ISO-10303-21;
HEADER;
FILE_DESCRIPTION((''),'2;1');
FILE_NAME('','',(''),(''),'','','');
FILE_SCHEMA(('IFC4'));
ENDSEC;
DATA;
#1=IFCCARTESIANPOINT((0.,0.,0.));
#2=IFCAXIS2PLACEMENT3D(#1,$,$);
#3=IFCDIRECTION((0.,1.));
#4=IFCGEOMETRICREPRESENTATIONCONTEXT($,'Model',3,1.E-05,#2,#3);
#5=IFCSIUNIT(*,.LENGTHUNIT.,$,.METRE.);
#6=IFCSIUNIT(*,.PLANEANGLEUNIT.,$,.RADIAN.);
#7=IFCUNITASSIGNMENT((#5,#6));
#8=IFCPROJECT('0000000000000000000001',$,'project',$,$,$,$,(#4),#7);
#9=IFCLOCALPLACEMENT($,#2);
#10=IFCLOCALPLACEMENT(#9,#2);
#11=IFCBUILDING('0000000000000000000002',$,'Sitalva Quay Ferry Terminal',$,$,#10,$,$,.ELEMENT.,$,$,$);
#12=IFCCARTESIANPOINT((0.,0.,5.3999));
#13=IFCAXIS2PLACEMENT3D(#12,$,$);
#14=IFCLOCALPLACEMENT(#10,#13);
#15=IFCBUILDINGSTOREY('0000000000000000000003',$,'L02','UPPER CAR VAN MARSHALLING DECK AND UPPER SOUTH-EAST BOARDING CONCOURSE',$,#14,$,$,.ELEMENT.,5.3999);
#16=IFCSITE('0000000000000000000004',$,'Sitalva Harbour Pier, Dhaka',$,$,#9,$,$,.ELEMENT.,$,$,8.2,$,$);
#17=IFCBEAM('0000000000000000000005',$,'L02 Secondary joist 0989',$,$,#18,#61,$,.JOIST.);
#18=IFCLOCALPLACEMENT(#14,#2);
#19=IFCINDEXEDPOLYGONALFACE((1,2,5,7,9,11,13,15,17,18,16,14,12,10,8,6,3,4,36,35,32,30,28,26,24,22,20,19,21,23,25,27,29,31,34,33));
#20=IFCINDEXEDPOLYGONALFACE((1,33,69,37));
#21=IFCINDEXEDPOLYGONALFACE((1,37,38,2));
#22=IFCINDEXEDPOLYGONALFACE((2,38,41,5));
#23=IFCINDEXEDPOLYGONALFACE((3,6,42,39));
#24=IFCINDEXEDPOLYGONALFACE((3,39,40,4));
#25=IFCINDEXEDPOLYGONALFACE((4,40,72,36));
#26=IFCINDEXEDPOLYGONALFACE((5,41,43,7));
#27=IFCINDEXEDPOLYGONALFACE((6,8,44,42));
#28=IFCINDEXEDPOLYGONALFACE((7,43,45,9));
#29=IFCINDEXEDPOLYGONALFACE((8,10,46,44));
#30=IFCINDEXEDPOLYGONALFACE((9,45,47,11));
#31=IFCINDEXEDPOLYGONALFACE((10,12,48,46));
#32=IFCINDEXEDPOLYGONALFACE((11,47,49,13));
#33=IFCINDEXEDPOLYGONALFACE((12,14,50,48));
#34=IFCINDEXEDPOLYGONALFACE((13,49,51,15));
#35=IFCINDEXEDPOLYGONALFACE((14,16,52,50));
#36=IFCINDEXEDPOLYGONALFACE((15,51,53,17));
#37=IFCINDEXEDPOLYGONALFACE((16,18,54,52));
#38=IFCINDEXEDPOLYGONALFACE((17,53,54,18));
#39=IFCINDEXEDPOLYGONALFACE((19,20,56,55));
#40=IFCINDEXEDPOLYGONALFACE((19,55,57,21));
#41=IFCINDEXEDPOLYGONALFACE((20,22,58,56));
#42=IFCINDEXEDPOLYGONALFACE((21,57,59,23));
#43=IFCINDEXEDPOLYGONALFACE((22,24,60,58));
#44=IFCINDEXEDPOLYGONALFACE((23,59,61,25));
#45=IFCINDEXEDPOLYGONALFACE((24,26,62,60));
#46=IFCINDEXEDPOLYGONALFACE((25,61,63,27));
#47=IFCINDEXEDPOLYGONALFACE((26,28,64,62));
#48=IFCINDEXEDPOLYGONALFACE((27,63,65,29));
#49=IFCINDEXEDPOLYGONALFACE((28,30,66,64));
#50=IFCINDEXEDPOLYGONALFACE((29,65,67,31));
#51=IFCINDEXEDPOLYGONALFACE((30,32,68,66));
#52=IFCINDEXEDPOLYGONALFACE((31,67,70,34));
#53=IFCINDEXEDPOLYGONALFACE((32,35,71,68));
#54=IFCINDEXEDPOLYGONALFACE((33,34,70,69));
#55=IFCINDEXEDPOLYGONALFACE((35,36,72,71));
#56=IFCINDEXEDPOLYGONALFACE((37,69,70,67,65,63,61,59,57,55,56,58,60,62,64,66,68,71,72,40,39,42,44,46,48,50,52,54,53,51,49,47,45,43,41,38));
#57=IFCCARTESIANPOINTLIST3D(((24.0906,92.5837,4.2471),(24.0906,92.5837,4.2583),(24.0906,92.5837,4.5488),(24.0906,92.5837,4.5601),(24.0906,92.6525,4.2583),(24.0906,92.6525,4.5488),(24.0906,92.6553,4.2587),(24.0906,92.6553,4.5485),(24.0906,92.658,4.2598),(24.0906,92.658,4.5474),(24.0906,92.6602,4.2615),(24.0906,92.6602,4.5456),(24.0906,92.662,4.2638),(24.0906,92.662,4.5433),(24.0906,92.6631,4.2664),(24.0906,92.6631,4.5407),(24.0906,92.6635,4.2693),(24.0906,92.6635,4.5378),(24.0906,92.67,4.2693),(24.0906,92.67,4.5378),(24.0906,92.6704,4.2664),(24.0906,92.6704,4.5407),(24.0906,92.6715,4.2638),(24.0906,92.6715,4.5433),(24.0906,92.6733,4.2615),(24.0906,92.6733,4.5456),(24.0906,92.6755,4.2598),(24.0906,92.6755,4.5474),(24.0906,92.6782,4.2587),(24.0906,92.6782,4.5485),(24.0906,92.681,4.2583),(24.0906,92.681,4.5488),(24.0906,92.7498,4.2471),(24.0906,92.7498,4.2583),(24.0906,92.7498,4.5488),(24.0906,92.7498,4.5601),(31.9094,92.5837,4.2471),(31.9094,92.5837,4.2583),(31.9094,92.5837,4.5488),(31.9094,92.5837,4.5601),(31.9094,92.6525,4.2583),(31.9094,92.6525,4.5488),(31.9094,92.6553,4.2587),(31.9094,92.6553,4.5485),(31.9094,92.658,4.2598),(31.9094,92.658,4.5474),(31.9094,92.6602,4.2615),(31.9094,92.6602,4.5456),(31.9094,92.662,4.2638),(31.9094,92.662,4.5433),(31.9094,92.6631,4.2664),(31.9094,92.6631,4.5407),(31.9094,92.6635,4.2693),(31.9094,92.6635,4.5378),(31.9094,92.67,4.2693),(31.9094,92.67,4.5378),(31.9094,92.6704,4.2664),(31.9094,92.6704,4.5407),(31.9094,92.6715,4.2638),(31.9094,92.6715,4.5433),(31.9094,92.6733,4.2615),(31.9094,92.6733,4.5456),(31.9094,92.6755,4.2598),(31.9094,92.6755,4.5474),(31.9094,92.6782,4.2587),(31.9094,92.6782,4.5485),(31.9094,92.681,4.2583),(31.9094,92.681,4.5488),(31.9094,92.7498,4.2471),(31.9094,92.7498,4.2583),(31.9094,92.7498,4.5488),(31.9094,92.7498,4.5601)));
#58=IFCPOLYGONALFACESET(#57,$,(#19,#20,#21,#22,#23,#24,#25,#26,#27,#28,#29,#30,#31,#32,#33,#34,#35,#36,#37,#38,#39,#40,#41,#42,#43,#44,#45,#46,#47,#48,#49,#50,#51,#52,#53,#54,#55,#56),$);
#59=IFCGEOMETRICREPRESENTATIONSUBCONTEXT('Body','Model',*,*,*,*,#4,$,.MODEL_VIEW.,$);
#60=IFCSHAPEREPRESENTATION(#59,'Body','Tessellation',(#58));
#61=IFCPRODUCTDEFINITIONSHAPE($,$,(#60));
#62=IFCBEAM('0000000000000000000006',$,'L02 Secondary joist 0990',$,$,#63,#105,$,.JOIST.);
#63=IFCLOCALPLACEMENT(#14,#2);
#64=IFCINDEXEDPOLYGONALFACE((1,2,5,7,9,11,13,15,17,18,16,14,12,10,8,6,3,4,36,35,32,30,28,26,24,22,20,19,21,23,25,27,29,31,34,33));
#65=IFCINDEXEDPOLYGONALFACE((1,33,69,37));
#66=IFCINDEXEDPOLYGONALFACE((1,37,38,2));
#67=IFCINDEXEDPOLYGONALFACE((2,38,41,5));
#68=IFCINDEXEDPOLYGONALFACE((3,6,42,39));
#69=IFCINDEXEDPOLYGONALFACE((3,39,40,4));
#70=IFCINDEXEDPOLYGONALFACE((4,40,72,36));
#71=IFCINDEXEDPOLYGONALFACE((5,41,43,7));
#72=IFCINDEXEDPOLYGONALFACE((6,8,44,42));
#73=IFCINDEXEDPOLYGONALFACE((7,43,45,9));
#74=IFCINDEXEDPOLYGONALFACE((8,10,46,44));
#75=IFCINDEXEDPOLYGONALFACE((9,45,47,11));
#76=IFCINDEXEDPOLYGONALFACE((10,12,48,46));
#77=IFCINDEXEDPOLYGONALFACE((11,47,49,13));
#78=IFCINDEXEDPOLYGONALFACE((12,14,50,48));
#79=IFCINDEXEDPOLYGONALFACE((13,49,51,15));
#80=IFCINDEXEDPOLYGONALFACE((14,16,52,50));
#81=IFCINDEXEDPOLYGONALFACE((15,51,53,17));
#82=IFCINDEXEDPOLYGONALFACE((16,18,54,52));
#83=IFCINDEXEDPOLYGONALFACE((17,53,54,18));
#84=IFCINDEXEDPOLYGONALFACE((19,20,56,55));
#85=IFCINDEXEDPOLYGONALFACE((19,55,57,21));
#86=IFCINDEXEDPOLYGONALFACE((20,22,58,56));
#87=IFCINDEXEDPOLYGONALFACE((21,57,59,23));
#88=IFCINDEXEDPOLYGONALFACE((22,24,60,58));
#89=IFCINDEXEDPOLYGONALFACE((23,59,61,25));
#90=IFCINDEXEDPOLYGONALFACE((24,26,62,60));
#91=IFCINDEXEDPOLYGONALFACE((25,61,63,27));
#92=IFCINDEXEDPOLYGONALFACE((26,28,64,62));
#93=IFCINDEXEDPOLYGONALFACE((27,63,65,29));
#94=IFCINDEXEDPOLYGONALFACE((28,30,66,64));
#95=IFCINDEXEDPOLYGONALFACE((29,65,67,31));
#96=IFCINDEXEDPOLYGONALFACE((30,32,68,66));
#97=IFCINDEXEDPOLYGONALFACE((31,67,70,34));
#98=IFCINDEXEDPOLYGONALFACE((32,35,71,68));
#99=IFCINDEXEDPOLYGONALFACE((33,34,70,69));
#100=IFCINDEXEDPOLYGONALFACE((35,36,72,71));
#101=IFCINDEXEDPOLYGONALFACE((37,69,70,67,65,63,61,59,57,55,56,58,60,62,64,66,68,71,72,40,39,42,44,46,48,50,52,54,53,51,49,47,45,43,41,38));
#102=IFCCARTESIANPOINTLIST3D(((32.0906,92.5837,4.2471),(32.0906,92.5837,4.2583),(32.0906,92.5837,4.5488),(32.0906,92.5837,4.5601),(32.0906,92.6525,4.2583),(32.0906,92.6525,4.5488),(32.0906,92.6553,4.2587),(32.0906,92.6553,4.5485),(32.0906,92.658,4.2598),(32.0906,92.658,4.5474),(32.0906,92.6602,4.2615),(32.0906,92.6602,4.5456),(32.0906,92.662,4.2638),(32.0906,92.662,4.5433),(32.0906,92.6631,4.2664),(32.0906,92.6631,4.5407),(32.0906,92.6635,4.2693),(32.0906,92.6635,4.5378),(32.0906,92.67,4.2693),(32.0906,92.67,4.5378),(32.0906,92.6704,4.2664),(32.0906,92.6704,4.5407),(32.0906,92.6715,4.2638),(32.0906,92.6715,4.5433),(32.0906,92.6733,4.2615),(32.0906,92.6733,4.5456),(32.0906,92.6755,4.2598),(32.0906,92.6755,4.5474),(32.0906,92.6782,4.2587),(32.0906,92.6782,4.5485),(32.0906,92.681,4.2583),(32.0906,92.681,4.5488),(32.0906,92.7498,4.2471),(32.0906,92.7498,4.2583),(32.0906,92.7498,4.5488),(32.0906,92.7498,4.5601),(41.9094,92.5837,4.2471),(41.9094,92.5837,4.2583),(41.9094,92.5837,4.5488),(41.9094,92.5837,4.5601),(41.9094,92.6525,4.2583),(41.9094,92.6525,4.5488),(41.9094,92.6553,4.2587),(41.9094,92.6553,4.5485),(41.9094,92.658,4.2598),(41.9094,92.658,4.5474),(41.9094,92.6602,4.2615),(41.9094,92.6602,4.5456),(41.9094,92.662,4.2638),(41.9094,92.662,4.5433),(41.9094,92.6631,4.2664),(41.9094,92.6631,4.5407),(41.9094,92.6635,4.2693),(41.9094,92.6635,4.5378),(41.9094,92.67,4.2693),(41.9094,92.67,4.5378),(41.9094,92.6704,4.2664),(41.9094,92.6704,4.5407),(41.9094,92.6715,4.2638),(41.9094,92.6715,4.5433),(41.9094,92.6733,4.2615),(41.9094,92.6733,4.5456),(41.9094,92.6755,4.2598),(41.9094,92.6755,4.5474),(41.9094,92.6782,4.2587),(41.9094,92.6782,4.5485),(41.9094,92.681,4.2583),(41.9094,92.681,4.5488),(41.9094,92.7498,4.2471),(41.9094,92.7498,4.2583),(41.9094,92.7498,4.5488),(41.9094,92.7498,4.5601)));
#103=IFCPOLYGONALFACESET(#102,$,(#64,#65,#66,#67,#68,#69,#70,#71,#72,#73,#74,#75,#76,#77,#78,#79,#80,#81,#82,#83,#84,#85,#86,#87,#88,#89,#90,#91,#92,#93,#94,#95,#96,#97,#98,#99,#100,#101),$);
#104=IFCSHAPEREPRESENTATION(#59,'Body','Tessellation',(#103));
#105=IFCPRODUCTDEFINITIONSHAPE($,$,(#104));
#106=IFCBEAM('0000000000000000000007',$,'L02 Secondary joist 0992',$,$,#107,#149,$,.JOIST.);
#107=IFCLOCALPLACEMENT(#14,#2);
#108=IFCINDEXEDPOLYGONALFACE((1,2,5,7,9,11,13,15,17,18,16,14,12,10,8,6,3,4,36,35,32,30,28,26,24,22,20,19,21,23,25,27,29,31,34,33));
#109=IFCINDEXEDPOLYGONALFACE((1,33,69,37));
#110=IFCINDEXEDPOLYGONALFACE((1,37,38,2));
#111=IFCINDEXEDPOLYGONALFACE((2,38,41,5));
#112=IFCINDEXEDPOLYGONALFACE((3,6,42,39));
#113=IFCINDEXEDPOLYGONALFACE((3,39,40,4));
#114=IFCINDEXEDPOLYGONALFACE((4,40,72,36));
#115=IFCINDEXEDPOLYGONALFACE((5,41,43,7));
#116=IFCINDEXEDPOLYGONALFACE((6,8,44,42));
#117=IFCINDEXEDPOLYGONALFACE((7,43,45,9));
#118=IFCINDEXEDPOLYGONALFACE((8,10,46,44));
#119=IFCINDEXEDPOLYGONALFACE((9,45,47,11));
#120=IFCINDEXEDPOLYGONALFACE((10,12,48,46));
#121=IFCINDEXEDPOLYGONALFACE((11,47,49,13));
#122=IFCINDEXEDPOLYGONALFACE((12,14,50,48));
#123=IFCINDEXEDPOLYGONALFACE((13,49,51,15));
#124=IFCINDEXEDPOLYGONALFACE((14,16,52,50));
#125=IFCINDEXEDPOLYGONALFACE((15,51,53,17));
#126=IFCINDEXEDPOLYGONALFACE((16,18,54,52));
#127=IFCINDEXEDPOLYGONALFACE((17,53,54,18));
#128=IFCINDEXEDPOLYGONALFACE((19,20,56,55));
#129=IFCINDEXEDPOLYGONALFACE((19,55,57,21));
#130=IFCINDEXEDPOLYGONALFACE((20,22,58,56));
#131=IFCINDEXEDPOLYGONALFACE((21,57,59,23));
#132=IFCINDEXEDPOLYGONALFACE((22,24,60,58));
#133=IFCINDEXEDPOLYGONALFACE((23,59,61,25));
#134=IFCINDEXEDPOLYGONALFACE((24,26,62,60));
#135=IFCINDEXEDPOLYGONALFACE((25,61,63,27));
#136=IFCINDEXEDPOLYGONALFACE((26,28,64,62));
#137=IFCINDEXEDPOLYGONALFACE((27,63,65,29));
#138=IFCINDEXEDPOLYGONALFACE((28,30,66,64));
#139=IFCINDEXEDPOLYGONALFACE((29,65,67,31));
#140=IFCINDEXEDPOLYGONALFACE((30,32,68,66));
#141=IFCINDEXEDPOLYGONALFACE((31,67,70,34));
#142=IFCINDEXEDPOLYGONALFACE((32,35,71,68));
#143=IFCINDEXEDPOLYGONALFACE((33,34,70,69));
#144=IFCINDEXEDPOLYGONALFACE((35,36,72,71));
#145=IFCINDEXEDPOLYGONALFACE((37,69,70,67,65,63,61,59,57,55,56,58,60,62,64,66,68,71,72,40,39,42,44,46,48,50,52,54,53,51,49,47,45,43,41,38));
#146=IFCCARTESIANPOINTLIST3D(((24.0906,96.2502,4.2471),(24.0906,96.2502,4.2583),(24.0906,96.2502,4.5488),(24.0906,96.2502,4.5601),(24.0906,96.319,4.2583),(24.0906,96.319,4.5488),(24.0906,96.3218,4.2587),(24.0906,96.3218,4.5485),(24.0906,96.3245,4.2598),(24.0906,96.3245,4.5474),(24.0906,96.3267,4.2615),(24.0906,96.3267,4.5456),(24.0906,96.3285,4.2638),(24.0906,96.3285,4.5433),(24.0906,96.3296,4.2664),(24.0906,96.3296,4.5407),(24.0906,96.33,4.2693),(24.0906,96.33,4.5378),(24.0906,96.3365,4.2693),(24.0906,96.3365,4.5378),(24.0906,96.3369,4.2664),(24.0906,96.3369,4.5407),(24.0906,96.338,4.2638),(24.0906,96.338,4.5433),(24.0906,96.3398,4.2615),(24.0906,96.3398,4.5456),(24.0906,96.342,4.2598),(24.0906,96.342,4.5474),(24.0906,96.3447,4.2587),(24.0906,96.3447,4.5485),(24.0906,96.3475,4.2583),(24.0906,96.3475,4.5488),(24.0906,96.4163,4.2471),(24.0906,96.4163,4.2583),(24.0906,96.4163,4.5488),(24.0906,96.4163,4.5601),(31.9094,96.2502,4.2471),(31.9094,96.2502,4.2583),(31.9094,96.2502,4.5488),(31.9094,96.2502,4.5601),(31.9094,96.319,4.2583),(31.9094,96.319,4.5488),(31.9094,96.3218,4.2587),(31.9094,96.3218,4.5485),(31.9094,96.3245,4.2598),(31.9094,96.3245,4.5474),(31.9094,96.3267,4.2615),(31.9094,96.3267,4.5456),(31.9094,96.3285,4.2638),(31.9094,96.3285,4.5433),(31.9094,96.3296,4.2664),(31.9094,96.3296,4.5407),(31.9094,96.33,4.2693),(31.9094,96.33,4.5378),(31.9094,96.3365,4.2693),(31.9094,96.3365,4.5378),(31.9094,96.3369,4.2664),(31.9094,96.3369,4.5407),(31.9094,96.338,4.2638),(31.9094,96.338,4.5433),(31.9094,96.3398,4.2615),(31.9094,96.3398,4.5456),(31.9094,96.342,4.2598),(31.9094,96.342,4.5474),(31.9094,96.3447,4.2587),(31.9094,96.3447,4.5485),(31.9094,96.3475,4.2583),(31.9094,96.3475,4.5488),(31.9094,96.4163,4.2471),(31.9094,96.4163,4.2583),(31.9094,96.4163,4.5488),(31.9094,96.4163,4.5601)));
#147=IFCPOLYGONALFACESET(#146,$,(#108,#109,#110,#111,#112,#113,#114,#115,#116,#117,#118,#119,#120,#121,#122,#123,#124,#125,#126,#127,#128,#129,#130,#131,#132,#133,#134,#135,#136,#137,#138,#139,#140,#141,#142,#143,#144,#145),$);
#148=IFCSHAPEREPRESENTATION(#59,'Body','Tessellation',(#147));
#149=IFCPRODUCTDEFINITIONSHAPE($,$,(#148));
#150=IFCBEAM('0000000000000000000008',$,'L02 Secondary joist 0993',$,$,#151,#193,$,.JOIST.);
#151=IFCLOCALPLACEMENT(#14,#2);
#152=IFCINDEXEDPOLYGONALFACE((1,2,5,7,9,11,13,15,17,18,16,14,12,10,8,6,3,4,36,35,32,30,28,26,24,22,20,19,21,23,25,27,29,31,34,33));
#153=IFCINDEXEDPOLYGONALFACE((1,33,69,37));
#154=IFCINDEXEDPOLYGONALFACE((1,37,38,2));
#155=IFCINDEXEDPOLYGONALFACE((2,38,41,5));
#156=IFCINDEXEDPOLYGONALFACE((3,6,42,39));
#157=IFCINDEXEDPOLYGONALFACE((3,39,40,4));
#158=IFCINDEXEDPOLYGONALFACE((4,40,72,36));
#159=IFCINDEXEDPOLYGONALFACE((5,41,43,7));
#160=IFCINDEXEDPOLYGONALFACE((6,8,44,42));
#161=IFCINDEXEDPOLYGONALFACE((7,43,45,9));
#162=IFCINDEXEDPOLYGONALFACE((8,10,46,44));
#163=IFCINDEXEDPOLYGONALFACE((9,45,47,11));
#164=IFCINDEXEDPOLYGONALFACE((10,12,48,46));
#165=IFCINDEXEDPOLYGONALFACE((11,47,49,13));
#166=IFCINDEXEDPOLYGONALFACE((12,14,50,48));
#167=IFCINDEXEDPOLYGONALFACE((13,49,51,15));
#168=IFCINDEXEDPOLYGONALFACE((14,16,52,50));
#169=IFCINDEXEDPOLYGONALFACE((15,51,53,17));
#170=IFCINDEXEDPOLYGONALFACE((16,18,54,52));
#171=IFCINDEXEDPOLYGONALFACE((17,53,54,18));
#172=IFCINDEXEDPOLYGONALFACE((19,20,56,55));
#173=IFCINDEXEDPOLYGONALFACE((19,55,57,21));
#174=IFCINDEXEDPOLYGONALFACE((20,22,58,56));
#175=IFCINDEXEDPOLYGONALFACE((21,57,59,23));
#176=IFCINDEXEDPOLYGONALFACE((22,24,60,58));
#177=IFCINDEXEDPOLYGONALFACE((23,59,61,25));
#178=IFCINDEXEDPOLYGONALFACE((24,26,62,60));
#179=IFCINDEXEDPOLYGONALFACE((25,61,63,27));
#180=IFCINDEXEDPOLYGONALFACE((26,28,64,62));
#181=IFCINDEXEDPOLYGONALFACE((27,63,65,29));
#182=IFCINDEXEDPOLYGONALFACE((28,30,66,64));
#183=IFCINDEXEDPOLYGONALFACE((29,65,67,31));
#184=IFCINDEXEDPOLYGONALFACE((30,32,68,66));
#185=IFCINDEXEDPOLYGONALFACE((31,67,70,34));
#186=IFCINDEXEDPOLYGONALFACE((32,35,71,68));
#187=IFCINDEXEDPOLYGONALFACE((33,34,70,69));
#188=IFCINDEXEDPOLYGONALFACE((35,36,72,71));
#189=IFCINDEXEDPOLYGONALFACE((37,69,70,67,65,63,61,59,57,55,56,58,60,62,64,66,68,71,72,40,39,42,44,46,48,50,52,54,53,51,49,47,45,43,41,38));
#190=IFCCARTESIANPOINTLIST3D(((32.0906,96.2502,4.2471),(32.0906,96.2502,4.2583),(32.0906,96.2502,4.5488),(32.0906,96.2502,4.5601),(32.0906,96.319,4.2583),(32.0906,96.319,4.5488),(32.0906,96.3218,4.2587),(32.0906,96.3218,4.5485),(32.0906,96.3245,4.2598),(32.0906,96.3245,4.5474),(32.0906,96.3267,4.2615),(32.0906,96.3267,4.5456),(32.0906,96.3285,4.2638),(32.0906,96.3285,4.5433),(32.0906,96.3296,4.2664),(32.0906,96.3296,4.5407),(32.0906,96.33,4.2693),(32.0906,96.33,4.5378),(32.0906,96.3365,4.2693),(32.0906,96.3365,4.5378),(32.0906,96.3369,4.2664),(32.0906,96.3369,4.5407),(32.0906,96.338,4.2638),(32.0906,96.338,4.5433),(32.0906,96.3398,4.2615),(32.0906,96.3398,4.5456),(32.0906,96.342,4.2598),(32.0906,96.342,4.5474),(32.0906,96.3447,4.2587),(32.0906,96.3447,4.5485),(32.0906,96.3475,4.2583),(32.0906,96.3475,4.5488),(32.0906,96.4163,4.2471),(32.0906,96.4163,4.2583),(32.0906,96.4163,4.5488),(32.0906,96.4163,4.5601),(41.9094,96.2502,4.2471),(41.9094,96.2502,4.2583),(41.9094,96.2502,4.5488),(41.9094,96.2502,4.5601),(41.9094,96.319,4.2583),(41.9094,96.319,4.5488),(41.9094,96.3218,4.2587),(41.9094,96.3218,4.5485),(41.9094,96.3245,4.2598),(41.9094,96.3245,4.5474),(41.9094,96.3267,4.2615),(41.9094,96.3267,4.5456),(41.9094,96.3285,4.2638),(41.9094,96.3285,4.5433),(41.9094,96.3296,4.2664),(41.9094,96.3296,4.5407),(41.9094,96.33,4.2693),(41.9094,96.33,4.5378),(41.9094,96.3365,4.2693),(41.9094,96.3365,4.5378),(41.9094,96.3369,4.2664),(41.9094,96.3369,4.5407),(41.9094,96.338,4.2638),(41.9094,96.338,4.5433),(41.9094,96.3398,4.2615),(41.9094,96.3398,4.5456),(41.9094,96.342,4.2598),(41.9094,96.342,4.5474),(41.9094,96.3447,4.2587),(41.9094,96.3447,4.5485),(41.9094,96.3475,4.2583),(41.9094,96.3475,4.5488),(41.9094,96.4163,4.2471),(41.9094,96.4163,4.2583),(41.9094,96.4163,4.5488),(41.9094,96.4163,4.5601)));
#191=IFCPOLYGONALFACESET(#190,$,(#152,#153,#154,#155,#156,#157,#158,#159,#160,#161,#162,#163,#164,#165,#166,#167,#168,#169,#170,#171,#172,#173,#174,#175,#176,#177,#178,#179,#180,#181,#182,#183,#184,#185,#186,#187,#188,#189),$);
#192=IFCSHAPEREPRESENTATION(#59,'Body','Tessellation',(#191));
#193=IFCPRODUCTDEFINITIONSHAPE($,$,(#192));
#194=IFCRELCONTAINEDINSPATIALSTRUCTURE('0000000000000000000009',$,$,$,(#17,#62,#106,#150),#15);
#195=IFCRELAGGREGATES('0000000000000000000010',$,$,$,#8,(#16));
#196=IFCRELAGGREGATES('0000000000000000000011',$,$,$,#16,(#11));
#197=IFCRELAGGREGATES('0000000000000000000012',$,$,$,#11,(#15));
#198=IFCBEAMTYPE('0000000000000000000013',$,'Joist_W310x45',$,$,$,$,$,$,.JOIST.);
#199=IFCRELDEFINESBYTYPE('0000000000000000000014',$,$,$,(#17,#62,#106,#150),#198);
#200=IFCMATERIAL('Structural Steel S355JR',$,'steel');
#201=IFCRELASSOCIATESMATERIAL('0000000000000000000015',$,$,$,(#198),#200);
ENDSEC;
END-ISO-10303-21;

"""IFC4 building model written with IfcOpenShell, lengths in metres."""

from ifc_helpers import new_model, si_unit, direction, frame, origin, origin_2d, place, context, subcontext, project, spatial, i_section, extrude, material, material_profile, profile_set, type_object, element, save


model = new_model("IFC4")

# Units and contexts
model_context = context("Model", 3, precision=1e-05, world=origin(), true_north=direction((0.0, 1.0)))
body_context = subcontext(model_context, "Body", "Model", "MODEL_VIEW")
ifc_project = project(units=[si_unit("LENGTHUNIT", "METRE"), si_unit("PLANEANGLEUNIT", "RADIAN")], contexts=[model_context])

# Site, building, storey
site_placement = place(None, origin())
site = spatial("IfcSite", under=ifc_project, at=site_placement, Name="Sitalva Harbour Pier, Dhaka", CompositionType="ELEMENT", RefElevation=8.2)
building_placement = place(site_placement, origin())
building = spatial("IfcBuilding", under=site, at=building_placement, Name="Sitalva Quay Ferry Terminal", CompositionType="ELEMENT")
storey_placement = place(building_placement, frame((0.0, 0.0, 5.3999)))
storey = spatial("IfcBuildingStorey", under=building, at=storey_placement, Name="L02", Description="UPPER CAR VAN MARSHALLING DECK AND UPPER SOUTH-EAST BOARDING CONCOURSE", CompositionType="ELEMENT", Elevation=5.3999)

# Beams
ifc_material_1 = material(Name="Structural Steel S355JR", Category="steel")
ifc_material_profile_1 = material_profile(ifc_material_1, i_section(OverallWidth=0.166, OverallDepth=0.313, WebThickness=0.0066, FlangeThickness=0.0112, FilletRadius=0.011, at=origin_2d()), Name="W310x45")
ifc_profile_set_1 = profile_set([ifc_material_profile_1], Name="Structural Steel S355JR")
beam_type_1 = type_object("IfcBeamType", Name="Joist_W310x45", PredefinedType="JOIST", material=ifc_profile_set_1)
beam_1_placement = place(storey_placement, frame((24.0906, 92.6667, 4.4036), z_axis=(1.0, 0.0, 0.0), x_axis=(0.0, 1.0, 0.0)))
element("IfcBeam", 1, at=beam_1_placement, inside=storey, type_object=beam_type_1, Name="L02 Secondary joist 0989", PredefinedType="JOIST", context=body_context, shape_type="SweptSolid", body=[
    extrude(i_section(OverallWidth=0.166, OverallDepth=0.313, WebThickness=0.0066, FlangeThickness=0.0112, FilletRadius=0.011, at=origin_2d()), origin(), (0.0, 0.0, 1.0), 7.8188),
])
beam_2_placement = place(storey_placement, frame((32.0906, 92.6667, 4.4036), z_axis=(1.0, 0.0, 0.0), x_axis=(0.0, 1.0, 0.0)))
element("IfcBeam", 2, at=beam_2_placement, inside=storey, type_object=beam_type_1, Name="L02 Secondary joist 0990", PredefinedType="JOIST", context=body_context, shape_type="SweptSolid", body=[
    extrude(i_section(OverallWidth=0.166, OverallDepth=0.313, WebThickness=0.0066, FlangeThickness=0.0112, FilletRadius=0.011, at=origin_2d()), origin(), (0.0, 0.0, 1.0), 9.8188),
])
beam_3_placement = place(storey_placement, frame((24.0906, 96.3333, 4.4036), z_axis=(1.0, 0.0, 0.0), x_axis=(0.0, 1.0, 0.0)))
element("IfcBeam", 3, at=beam_3_placement, inside=storey, type_object=beam_type_1, Name="L02 Secondary joist 0992", PredefinedType="JOIST", context=body_context, shape_type="SweptSolid", body=[
    extrude(i_section(OverallWidth=0.166, OverallDepth=0.313, WebThickness=0.0066, FlangeThickness=0.0112, FilletRadius=0.011, at=origin_2d()), origin(), (0.0, 0.0, 1.0), 7.8188),
])
beam_4_placement = place(storey_placement, frame((32.0906, 96.3333, 4.4036), z_axis=(1.0, 0.0, 0.0), x_axis=(0.0, 1.0, 0.0)))
element("IfcBeam", 4, at=beam_4_placement, inside=storey, type_object=beam_type_1, Name="L02 Secondary joist 0993", PredefinedType="JOIST", context=body_context, shape_type="SweptSolid", body=[
    extrude(i_section(OverallWidth=0.166, OverallDepth=0.313, WebThickness=0.0066, FlangeThickness=0.0112, FilletRadius=0.011, at=origin_2d()), origin(), (0.0, 0.0, 1.0), 9.8188),
])

save(model, "model.ifc")
